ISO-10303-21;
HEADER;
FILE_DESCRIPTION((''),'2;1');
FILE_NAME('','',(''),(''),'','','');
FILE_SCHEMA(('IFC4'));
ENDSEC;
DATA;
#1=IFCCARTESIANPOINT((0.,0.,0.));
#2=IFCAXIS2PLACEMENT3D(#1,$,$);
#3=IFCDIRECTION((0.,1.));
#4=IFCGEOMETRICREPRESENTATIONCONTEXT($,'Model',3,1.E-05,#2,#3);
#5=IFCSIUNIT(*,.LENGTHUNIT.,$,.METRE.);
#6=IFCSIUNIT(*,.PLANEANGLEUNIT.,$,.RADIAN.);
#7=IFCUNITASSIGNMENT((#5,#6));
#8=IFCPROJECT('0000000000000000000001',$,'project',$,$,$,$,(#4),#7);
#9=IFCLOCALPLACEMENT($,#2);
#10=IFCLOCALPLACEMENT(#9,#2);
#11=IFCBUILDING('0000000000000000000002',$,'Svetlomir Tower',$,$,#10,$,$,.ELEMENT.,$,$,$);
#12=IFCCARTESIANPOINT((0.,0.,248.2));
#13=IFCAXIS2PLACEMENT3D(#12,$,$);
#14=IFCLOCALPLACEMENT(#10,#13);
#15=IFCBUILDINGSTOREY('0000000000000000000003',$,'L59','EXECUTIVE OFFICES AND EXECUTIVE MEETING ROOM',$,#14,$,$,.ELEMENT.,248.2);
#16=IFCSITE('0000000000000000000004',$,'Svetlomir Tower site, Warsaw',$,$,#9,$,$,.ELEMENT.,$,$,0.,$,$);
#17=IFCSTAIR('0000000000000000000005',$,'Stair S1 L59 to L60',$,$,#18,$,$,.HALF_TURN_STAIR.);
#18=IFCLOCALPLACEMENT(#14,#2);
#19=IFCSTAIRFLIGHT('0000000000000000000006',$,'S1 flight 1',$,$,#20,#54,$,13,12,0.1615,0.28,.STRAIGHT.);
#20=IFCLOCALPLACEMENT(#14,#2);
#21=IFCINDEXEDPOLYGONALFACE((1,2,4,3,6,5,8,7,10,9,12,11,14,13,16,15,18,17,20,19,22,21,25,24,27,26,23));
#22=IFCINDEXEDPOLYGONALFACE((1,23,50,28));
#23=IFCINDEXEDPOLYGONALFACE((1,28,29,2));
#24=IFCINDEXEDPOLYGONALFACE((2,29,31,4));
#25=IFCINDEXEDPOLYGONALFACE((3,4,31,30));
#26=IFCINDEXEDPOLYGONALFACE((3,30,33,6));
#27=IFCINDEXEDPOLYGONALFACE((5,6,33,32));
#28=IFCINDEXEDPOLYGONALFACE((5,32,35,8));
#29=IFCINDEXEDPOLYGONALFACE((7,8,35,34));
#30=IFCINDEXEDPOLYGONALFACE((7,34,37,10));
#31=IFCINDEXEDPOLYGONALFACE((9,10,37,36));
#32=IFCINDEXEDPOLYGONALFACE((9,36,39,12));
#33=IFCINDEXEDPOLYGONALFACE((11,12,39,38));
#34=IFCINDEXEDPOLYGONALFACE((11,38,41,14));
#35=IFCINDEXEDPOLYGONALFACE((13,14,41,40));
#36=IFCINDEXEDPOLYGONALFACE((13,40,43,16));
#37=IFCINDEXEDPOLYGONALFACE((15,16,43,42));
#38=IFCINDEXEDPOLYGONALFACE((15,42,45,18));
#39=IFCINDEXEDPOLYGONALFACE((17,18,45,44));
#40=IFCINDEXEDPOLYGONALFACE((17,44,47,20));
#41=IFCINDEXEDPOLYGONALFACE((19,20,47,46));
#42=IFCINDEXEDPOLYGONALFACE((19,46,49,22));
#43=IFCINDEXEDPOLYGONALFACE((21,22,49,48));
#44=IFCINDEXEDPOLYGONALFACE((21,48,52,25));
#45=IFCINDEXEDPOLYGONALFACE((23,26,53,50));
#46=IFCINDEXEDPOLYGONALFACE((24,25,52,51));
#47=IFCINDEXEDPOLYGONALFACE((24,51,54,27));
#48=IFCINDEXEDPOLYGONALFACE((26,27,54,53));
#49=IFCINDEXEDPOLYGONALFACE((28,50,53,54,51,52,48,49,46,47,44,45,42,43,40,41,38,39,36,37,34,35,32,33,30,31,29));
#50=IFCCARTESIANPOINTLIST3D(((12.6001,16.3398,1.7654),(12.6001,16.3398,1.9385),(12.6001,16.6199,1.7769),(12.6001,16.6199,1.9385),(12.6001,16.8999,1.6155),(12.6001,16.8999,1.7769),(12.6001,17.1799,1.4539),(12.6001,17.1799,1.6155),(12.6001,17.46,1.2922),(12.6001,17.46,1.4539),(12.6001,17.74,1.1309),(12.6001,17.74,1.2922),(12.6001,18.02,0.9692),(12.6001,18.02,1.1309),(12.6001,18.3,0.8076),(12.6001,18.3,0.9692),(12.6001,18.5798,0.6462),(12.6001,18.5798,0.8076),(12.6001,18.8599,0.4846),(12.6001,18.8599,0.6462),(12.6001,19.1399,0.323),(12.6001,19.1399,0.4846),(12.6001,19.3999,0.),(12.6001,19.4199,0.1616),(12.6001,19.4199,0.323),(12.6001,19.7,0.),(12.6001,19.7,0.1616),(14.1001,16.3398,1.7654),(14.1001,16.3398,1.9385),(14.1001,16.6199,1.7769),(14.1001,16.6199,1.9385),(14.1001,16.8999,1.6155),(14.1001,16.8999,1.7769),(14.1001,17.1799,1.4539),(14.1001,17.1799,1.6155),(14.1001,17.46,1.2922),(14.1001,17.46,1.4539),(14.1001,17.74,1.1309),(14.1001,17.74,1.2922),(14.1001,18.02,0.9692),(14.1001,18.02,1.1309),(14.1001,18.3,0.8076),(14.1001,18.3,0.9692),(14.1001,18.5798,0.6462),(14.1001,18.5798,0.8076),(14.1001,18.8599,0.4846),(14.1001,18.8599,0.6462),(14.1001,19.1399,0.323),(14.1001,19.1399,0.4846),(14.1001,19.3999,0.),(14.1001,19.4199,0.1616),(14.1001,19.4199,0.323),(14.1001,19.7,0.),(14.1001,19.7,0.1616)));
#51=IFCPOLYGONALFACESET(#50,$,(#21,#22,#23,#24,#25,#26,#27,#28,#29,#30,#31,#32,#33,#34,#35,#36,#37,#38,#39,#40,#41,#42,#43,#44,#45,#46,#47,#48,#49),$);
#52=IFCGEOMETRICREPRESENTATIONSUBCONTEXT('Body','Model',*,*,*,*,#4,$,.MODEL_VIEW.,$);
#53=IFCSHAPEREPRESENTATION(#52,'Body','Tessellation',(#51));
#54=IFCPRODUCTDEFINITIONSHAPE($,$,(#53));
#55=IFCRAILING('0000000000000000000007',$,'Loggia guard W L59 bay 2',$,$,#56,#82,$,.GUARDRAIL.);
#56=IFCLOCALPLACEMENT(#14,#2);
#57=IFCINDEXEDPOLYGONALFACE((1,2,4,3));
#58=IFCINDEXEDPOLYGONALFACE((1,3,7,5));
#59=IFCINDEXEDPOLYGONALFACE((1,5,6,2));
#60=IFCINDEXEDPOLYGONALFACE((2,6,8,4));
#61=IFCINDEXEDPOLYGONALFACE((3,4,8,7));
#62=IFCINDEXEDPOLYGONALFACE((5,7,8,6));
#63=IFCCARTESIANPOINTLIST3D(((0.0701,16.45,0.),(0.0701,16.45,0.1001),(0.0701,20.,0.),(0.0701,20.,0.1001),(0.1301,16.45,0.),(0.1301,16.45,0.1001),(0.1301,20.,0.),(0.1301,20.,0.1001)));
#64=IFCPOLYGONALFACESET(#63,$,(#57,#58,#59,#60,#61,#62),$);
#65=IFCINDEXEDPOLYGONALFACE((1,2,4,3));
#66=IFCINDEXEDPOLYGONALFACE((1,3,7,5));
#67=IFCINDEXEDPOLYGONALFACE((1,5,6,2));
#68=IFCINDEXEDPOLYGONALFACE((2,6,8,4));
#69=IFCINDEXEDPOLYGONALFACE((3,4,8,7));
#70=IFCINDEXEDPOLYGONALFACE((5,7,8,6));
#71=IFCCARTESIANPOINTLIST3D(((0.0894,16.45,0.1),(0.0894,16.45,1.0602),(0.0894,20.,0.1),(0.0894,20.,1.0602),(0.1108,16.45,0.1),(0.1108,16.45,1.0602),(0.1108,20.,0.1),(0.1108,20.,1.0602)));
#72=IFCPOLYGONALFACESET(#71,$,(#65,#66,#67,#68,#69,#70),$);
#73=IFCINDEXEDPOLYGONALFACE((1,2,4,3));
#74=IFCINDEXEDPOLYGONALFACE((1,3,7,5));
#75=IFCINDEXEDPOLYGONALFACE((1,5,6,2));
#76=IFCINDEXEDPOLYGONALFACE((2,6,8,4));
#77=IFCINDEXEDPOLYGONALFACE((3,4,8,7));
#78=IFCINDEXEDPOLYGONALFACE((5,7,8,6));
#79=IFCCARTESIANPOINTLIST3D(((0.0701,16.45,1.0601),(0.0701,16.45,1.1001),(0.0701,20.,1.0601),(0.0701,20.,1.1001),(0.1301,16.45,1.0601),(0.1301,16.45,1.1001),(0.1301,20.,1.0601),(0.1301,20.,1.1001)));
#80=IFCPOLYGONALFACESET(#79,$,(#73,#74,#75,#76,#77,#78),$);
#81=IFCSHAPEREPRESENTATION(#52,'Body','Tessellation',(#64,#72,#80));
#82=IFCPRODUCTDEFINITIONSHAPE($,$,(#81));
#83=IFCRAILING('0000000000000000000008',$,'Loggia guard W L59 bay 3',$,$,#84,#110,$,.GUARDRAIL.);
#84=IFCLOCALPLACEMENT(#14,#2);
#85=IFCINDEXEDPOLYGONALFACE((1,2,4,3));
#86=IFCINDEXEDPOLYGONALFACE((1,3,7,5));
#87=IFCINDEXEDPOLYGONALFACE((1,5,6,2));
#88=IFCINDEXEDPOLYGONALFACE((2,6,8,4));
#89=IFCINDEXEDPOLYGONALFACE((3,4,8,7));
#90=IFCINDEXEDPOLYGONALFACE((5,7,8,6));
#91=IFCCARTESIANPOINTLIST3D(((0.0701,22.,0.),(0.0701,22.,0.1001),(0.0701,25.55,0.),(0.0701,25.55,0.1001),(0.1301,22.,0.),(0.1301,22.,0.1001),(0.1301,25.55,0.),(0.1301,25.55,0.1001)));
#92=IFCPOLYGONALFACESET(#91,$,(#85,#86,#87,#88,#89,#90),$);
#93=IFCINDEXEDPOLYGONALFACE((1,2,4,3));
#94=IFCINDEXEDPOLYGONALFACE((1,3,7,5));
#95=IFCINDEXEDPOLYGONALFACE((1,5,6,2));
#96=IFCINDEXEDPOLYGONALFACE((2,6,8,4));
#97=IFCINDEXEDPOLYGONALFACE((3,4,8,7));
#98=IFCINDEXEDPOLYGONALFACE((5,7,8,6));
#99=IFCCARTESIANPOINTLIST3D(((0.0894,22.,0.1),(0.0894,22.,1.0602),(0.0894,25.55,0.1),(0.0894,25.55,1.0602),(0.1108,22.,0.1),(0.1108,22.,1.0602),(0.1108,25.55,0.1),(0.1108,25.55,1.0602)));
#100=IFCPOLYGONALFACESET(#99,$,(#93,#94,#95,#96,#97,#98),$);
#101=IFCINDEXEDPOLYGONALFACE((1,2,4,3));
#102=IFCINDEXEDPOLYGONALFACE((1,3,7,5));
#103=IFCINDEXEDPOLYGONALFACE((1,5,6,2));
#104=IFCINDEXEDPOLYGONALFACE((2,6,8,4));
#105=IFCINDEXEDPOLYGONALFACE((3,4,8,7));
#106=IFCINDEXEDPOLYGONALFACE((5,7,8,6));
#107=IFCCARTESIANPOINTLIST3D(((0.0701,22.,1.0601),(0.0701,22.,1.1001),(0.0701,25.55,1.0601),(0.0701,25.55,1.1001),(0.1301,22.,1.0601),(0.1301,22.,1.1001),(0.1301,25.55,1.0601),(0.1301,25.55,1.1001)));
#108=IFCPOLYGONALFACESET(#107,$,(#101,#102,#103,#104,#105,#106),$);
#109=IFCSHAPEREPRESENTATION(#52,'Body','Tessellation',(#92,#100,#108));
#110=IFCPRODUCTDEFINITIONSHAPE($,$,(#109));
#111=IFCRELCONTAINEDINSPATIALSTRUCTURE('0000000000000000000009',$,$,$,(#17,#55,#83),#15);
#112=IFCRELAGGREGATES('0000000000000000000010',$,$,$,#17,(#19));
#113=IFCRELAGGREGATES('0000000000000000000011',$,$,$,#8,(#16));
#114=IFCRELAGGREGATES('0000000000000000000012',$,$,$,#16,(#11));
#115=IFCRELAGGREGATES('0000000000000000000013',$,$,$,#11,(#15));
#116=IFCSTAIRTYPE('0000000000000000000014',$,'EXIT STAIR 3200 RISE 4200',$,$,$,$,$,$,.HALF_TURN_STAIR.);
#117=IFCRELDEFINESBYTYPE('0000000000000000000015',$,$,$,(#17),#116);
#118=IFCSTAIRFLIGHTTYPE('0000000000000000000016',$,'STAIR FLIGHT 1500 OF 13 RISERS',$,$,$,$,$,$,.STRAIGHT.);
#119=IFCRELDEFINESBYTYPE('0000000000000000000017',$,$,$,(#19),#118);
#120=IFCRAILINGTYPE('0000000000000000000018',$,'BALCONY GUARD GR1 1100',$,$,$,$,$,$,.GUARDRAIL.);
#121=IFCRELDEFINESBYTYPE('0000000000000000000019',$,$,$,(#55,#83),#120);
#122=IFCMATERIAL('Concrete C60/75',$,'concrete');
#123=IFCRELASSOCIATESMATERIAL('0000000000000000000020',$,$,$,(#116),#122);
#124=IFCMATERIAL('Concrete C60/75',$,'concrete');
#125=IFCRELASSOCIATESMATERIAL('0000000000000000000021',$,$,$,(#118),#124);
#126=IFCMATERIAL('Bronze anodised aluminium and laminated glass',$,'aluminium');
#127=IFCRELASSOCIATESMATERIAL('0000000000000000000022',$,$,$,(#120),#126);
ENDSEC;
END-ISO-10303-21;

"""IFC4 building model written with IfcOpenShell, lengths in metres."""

from ifc_helpers import new_model, si_unit, direction, frame, origin, origin_2d, place, context, subcontext, project, spatial, polyline, rectangle, outline, extrude, material, type_object, element, aggregate, save


model = new_model("IFC4")

# Units and contexts
model_context = context("Model", 3, precision=1e-05, world=origin(), true_north=direction((0.0, 1.0)))
body_context = subcontext(model_context, "Body", "Model", "MODEL_VIEW")
ifc_project = project(units=[si_unit("LENGTHUNIT", "METRE"), si_unit("PLANEANGLEUNIT", "RADIAN")], contexts=[model_context])

# Site, building, storey
site_placement = place(None, origin())
site = spatial("IfcSite", under=ifc_project, at=site_placement, Name="Svetlomir Tower site, Warsaw", CompositionType="ELEMENT", RefElevation=0.0)
building_placement = place(site_placement, origin())
building = spatial("IfcBuilding", under=site, at=building_placement, Name="Svetlomir Tower", CompositionType="ELEMENT")
storey_placement = place(building_placement, frame((0.0, 0.0, 248.2)))
storey = spatial("IfcBuildingStorey", under=building, at=storey_placement, Name="L59", Description="EXECUTIVE OFFICES AND EXECUTIVE MEETING ROOM", CompositionType="ELEMENT", Elevation=248.2)

# Stair, stair flight
ifc_material_1 = material(Name="Concrete C60/75", Category="concrete")
stair_type = type_object("IfcStairType", Name="EXIT STAIR 3200 RISE 4200", PredefinedType="HALF_TURN_STAIR", material=ifc_material_1)
stair_placement = place(storey_placement, origin())
stair = element("IfcStair", 1, at=stair_placement, inside=storey, type_object=stair_type, Name="Stair S1 L59 to L60", PredefinedType="HALF_TURN_STAIR")
ifc_material_2 = material(Name="Concrete C60/75", Category="concrete")
stair_flight_type = type_object("IfcStairFlightType", Name="STAIR FLIGHT 1500 OF 13 RISERS", PredefinedType="STRAIGHT", material=ifc_material_2)
stair_flight_placement = place(storey_placement, frame((13.3501, 19.7, 0.0), z_axis=(0.0, 0.0, 1.0), x_axis=(0.0, -1.0, 0.0)))
stair_flight = element("IfcStairFlight", 2, at=stair_flight_placement, type_object=stair_flight_type, Name="S1 flight 1", NumberOfRisers=13, NumberOfTreads=12, PredefinedType="STRAIGHT", RiserHeight=0.1615, TreadLength=0.28, context=body_context, shape_type="SweptSolid", body=[
    extrude(outline(polyline([(0.0, 0.0), (0.0, 0.1616), (0.28, 0.1616), (0.28, 0.323), (0.5601, 0.323), (0.5601, 0.4846), (0.8401, 0.4846), (0.8401, 0.6462), (1.1201, 0.6462), (1.1201, 0.8076), (1.3999, 0.8076), (1.3999, 0.9692), (1.6799, 0.9692), (1.6799, 1.1309), (1.96, 1.1309), (1.96, 1.2922), (2.24, 1.2922), (2.24, 1.4539), (2.52, 1.4539), (2.52, 1.6155), (2.8, 1.6155), (2.8, 1.7769), (3.0801, 1.7769), (3.0801, 1.9385), (3.3601, 1.9385), (3.3601, 2.1001), (3.3601, 1.7654), (0.3, 0.0), (0.0, 0.0)])), frame((0.0, 0.75, 0.0), z_axis=(0.0, -1.0, 0.0), x_axis=(1.0, 0.0, 0.0)), (0.0, 0.0, 1.0), 1.5),
])
aggregate(stair, [stair_flight])

# Railings
ifc_material_3 = material(Name="Bronze anodised aluminium and laminated glass", Category="aluminium")
railing_type_1 = type_object("IfcRailingType", Name="BALCONY GUARD GR1 1100", PredefinedType="GUARDRAIL", material=ifc_material_3)
for number, where, name in (
    (3, (0.1001, 16.45, 0.0), "Loggia guard W L59 bay 2"),
    (4, (0.1001, 22.0, 0.0), "Loggia guard W L59 bay 3"),
):
    element("IfcRailing", number, at=place(storey_placement, frame(where)), inside=storey, type_object=railing_type_1, Name=name, PredefinedType="GUARDRAIL", context=body_context, shape_type="SweptSolid", body=[
        extrude(rectangle(XDim=0.0601, YDim=0.1001, at=origin_2d()), frame((0.0, 0.0, 0.05), z_axis=(0.0, 1.0, 0.0), x_axis=(-1.0, 0.0, 0.0)), (0.0, 0.0, 1.0), 3.55),
        extrude(rectangle(XDim=0.0215, YDim=0.9602, at=origin_2d()), frame((0.0, 0.0, 0.5801), z_axis=(0.0, 1.0, 0.0), x_axis=(-1.0, 0.0, 0.0)), (0.0, 0.0, 1.0), 3.55),
        extrude(rectangle(XDim=0.0601, YDim=0.04, at=origin_2d()), frame((0.0, 0.0, 1.0801), z_axis=(0.0, 1.0, 0.0), x_axis=(-1.0, 0.0, 0.0)), (0.0, 0.0, 1.0), 3.55),
    ])

save(model, "model.ifc")
